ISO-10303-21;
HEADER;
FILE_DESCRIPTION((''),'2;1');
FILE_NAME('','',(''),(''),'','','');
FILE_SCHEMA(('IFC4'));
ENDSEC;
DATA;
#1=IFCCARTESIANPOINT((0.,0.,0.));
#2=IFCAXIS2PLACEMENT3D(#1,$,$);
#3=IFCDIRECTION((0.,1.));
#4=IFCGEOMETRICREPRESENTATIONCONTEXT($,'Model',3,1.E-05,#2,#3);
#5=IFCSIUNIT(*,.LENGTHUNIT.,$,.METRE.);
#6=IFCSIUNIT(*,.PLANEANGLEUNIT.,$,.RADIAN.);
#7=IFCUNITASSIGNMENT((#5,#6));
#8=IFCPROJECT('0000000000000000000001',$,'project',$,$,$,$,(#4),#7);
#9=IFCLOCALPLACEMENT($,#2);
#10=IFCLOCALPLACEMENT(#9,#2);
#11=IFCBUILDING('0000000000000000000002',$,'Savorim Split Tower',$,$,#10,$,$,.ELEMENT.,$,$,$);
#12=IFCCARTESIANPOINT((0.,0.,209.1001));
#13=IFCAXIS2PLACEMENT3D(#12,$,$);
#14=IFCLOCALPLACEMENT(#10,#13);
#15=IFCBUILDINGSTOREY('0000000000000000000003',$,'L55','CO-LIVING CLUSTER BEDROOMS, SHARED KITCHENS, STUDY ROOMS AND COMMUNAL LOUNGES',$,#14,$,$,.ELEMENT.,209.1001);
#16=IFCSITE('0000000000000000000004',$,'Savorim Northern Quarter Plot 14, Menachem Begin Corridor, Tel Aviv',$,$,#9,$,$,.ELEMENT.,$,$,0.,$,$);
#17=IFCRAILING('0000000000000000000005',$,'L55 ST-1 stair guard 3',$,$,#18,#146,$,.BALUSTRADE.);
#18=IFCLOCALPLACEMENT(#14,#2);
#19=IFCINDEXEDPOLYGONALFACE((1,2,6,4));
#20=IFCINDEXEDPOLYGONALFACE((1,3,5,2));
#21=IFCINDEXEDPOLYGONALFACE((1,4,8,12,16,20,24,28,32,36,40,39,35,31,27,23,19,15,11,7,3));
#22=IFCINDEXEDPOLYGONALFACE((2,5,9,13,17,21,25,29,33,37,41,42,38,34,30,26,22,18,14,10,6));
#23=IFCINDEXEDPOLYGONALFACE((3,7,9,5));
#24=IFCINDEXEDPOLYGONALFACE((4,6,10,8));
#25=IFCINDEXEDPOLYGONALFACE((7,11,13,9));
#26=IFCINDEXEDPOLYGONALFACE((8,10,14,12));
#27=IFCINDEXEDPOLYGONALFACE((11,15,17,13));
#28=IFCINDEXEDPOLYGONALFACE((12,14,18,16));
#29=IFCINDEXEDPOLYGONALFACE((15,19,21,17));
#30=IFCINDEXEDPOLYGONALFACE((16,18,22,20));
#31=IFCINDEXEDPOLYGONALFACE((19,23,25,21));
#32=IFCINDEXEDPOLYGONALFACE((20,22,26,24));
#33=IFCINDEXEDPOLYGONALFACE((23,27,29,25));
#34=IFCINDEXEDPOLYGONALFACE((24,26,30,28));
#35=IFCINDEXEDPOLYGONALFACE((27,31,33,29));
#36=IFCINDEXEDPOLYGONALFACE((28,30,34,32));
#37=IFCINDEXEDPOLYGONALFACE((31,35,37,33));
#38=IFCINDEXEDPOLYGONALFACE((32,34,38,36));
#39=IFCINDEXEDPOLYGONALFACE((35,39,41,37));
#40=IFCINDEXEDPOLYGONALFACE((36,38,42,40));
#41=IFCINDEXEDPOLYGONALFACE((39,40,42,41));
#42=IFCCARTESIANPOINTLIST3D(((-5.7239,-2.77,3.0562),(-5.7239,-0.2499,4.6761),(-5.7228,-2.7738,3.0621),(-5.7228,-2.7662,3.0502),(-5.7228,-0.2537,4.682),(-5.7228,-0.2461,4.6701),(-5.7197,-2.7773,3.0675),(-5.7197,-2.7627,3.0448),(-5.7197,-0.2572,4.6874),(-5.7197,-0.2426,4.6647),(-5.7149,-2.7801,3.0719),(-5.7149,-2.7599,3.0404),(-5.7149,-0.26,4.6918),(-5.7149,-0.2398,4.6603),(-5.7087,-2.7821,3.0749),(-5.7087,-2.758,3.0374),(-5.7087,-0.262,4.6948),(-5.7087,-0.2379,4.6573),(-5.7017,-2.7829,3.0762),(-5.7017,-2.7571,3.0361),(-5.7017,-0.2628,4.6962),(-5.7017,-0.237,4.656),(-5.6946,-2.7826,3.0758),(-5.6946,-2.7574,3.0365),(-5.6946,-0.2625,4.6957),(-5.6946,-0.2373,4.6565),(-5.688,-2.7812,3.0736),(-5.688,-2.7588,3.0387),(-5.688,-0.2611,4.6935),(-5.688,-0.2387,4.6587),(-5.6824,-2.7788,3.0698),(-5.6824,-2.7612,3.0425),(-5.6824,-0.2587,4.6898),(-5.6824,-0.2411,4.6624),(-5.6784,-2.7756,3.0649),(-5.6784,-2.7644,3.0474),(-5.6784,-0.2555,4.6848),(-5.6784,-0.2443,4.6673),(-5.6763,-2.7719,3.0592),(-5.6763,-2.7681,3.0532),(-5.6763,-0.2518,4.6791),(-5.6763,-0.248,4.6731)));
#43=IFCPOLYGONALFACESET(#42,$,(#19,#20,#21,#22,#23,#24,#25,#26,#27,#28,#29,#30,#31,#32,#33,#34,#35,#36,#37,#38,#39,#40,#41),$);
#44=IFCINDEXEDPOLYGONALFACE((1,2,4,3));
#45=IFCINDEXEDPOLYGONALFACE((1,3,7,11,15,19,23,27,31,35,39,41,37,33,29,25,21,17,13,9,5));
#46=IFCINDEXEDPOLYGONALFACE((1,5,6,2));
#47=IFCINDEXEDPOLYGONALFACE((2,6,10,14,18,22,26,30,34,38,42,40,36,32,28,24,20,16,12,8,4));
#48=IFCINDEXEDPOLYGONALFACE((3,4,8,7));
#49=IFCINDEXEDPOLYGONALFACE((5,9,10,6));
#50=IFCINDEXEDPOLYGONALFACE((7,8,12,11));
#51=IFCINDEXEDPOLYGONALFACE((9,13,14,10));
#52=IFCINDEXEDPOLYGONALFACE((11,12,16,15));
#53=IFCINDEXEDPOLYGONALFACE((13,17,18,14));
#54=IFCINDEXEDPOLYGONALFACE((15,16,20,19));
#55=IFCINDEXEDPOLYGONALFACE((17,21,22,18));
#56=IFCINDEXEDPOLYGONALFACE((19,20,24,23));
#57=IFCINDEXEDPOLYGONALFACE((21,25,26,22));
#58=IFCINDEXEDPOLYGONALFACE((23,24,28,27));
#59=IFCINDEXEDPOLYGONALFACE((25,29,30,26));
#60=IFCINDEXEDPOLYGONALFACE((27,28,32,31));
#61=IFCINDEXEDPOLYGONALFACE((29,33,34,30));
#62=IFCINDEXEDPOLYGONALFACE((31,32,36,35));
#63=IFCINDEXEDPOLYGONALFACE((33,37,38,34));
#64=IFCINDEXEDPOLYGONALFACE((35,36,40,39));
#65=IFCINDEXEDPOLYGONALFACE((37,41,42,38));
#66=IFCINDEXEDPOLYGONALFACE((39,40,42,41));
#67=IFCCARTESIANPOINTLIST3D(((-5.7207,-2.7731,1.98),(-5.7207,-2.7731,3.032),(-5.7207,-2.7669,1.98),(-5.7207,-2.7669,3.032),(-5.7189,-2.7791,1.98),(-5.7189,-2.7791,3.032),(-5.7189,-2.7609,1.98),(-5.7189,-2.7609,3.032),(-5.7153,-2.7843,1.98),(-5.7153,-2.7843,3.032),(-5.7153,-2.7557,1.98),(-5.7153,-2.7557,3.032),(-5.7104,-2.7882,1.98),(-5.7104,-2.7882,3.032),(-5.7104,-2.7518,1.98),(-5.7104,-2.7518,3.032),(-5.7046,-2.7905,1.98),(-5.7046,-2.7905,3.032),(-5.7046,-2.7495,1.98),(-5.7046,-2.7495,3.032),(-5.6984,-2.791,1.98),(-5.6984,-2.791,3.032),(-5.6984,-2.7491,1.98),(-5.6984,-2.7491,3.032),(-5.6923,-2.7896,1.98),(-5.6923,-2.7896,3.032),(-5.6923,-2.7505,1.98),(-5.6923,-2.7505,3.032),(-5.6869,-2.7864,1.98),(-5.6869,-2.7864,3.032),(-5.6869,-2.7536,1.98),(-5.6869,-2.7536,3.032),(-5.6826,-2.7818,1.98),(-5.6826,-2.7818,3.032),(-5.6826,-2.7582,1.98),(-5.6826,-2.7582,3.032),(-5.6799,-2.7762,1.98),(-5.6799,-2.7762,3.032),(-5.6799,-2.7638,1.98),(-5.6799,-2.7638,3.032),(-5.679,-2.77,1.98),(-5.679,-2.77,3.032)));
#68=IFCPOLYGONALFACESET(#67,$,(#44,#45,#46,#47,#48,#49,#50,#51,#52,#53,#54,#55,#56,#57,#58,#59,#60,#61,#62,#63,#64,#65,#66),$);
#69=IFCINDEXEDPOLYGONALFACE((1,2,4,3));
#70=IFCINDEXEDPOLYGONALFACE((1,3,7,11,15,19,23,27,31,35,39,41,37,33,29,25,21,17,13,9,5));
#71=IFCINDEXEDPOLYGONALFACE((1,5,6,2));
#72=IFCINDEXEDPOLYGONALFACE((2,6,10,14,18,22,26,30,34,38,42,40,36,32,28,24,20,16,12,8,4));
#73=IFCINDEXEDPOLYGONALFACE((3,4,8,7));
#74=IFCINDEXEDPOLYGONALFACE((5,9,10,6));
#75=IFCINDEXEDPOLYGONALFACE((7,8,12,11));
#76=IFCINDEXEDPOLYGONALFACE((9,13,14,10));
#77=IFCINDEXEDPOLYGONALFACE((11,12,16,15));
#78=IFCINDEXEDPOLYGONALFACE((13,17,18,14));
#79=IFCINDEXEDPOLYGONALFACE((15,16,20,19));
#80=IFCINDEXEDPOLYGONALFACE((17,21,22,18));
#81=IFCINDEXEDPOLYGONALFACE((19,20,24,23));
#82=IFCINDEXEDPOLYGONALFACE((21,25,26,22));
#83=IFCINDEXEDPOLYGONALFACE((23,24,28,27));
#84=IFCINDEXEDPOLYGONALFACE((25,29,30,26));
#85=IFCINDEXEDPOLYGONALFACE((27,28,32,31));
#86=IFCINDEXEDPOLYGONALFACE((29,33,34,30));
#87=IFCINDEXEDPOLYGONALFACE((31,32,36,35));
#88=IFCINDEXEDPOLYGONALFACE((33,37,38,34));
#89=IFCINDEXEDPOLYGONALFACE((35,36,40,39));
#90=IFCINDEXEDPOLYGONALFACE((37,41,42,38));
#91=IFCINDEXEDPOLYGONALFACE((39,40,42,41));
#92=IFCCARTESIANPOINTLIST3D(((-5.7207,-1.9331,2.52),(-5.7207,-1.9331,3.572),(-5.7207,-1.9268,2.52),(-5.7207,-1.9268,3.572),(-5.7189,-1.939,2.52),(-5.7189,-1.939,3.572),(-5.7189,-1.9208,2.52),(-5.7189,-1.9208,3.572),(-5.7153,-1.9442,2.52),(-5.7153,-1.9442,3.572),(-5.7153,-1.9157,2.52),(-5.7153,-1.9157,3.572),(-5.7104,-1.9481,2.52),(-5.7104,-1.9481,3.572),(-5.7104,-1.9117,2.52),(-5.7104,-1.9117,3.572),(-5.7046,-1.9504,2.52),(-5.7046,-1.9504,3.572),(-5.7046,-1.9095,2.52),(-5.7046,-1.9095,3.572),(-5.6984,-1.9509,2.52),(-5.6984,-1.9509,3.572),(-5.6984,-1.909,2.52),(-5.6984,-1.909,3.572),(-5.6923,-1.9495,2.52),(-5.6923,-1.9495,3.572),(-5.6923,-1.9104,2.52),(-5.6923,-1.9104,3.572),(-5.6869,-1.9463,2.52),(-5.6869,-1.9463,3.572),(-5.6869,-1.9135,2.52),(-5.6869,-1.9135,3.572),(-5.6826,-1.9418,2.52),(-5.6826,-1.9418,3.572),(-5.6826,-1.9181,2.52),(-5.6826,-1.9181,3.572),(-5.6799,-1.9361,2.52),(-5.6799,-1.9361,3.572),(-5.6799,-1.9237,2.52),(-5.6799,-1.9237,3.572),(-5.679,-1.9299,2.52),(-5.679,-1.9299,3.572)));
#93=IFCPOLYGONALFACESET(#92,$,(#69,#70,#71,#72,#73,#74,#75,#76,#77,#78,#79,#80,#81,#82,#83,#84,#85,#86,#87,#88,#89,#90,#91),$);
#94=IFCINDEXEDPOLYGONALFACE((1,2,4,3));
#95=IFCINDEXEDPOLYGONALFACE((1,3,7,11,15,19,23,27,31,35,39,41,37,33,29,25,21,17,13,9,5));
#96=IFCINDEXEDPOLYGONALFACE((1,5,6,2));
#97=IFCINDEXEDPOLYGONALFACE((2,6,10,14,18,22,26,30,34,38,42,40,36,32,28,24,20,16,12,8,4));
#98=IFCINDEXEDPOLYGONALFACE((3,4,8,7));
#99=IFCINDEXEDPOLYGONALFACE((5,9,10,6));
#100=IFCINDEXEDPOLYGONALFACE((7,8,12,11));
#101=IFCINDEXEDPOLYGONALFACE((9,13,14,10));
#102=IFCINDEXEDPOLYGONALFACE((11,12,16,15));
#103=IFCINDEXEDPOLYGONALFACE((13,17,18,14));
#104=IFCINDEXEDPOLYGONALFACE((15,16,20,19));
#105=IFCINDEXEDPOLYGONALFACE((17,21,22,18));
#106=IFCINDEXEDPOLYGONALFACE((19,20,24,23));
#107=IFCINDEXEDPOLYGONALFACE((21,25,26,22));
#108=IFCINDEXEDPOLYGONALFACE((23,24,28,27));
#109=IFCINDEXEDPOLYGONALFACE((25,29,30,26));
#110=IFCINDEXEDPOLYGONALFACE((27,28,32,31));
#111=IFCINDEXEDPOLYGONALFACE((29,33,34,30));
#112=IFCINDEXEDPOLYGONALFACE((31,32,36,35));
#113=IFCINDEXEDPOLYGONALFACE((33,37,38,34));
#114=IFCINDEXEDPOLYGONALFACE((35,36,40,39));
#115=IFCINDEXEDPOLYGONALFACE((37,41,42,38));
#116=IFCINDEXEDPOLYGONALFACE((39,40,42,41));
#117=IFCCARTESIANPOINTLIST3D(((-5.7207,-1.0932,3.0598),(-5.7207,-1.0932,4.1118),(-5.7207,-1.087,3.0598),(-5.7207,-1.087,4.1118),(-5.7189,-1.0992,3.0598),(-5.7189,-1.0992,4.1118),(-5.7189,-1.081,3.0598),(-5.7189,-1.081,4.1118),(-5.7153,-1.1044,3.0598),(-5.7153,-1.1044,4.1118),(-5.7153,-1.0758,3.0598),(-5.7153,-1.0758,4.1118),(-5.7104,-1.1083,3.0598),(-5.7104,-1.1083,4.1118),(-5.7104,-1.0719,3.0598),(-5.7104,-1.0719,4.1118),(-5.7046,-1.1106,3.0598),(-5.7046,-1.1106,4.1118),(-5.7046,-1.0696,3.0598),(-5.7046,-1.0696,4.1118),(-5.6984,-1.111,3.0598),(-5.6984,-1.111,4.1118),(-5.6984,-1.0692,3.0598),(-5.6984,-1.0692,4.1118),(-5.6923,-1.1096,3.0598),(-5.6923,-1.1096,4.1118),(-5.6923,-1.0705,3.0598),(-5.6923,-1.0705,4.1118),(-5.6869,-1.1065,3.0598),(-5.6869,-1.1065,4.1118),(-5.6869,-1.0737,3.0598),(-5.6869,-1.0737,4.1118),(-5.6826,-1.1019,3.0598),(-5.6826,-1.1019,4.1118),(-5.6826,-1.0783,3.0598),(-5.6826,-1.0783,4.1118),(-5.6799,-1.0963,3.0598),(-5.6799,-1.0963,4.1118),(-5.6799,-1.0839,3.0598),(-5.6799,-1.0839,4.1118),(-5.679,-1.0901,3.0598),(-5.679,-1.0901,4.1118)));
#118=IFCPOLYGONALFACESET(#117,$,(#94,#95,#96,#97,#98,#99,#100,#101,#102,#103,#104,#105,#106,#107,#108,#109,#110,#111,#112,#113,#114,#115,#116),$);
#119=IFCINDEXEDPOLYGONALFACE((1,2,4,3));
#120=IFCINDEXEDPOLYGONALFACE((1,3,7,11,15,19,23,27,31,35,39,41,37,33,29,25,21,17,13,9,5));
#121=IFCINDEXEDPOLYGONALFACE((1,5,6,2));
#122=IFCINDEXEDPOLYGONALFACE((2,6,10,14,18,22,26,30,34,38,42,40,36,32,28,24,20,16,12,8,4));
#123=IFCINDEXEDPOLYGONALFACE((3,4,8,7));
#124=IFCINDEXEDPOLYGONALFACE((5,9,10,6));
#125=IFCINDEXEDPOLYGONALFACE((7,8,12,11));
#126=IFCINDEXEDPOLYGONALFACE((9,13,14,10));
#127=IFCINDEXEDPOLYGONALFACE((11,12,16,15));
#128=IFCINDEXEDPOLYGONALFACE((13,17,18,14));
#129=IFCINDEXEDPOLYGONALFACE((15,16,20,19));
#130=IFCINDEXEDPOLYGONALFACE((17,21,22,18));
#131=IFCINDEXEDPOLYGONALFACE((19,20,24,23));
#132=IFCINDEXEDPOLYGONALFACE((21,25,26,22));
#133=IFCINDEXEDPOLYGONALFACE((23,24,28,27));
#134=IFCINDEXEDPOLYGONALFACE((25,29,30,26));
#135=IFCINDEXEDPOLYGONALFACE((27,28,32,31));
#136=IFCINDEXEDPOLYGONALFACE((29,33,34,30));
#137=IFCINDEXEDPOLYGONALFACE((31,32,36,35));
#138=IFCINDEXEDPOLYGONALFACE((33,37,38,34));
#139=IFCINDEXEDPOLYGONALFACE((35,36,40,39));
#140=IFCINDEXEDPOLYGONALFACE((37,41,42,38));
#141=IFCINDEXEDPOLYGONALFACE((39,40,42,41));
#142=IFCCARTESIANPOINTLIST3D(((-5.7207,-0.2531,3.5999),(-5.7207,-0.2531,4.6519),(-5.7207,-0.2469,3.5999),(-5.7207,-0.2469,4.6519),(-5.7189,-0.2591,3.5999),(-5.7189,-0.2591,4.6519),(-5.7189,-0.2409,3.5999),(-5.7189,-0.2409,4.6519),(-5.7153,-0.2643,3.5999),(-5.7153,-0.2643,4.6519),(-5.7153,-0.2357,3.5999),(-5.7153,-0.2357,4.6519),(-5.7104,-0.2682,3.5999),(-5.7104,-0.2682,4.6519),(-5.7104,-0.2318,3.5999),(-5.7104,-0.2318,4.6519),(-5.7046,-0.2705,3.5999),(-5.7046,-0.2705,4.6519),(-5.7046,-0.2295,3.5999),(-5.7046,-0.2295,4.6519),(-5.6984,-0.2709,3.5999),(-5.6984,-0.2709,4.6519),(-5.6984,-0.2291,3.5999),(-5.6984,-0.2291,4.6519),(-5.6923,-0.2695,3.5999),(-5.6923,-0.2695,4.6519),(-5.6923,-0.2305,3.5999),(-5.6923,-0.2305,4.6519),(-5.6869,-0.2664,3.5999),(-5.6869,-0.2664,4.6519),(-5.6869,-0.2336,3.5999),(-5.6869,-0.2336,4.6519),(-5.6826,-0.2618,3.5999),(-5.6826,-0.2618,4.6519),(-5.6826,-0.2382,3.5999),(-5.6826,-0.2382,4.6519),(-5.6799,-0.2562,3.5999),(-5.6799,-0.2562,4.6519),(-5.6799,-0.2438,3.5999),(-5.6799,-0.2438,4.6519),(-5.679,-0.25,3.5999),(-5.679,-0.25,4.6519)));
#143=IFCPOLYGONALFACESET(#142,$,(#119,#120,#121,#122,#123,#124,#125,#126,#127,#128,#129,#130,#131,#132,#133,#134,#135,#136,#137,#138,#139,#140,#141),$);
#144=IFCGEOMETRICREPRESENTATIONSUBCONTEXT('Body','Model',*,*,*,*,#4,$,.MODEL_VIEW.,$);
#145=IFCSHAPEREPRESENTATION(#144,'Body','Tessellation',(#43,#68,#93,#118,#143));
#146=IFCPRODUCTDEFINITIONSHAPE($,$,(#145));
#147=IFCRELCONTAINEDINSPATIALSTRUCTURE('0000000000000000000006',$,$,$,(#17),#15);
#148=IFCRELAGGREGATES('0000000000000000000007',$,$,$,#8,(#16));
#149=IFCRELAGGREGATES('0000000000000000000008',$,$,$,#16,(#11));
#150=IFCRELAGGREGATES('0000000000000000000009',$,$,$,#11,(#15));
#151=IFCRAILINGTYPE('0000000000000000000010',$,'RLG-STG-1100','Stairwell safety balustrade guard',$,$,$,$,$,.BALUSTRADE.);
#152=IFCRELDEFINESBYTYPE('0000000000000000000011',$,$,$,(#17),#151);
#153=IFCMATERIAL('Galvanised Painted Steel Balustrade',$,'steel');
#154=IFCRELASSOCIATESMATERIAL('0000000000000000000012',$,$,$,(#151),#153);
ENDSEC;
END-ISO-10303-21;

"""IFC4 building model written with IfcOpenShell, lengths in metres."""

from ifc_helpers import new_model, si_unit, direction, frame, origin, origin_2d, place, context, subcontext, project, spatial, circle, extrude, material, type_object, element, save


model = new_model("IFC4")

# Units and contexts
model_context = context("Model", 3, precision=1e-05, world=origin(), true_north=direction((0.0, 1.0)))
body_context = subcontext(model_context, "Body", "Model", "MODEL_VIEW")
ifc_project = project(units=[si_unit("LENGTHUNIT", "METRE"), si_unit("PLANEANGLEUNIT", "RADIAN")], contexts=[model_context])

# Site, building, storey
site_placement = place(None, origin())
site = spatial("IfcSite", under=ifc_project, at=site_placement, Name="Savorim Northern Quarter Plot 14, Menachem Begin Corridor, Tel Aviv", CompositionType="ELEMENT", RefElevation=0.0)
building_placement = place(site_placement, origin())
building = spatial("IfcBuilding", under=site, at=building_placement, Name="Savorim Split Tower", CompositionType="ELEMENT")
storey_placement = place(building_placement, frame((0.0, 0.0, 209.1001)))
storey = spatial("IfcBuildingStorey", under=building, at=storey_placement, Name="L55", Description="CO-LIVING CLUSTER BEDROOMS, SHARED KITCHENS, STUDY ROOMS AND COMMUNAL LOUNGES", CompositionType="ELEMENT", Elevation=209.1001)

# Railing
ifc_material_1 = material(Name="Galvanised Painted Steel Balustrade", Category="steel")
railing_type_1 = type_object("IfcRailingType", Name="RLG-STG-1100", Description="Stairwell safety balustrade guard", PredefinedType="BALUSTRADE", material=ifc_material_1)
railing_1_placement = place(storey_placement, frame((-5.7, -2.77, 1.98)))
element("IfcRailing", 1, at=railing_1_placement, inside=storey, type_object=railing_type_1, Name="L55 ST-1 stair guard 3", PredefinedType="BALUSTRADE", context=body_context, shape_type="SweptSolid", body=[
    extrude(circle(Radius=0.0239, at=origin_2d()), frame((0.0, 0.0, 1.0762), z_axis=(0.0, 0.8412, 0.540725), x_axis=(-1.0, 0.0, 0.0)), (0.0, 0.0, 1.0), 2.9958),
    extrude(circle(Radius=0.021, at=origin_2d()), origin(), (0.0, 0.0, 1.0), 1.052),
    extrude(circle(Radius=0.021, at=origin_2d()), frame((0.0, 0.8401, 0.54)), (0.0, 0.0, 1.0), 1.052),
    extrude(circle(Radius=0.021, at=origin_2d()), frame((0.0, 1.6799, 1.0798)), (0.0, 0.0, 1.0), 1.052),
    extrude(circle(Radius=0.021, at=origin_2d()), frame((0.0, 2.52, 1.6199)), (0.0, 0.0, 1.0), 1.052),
])

save(model, "model.ifc")
